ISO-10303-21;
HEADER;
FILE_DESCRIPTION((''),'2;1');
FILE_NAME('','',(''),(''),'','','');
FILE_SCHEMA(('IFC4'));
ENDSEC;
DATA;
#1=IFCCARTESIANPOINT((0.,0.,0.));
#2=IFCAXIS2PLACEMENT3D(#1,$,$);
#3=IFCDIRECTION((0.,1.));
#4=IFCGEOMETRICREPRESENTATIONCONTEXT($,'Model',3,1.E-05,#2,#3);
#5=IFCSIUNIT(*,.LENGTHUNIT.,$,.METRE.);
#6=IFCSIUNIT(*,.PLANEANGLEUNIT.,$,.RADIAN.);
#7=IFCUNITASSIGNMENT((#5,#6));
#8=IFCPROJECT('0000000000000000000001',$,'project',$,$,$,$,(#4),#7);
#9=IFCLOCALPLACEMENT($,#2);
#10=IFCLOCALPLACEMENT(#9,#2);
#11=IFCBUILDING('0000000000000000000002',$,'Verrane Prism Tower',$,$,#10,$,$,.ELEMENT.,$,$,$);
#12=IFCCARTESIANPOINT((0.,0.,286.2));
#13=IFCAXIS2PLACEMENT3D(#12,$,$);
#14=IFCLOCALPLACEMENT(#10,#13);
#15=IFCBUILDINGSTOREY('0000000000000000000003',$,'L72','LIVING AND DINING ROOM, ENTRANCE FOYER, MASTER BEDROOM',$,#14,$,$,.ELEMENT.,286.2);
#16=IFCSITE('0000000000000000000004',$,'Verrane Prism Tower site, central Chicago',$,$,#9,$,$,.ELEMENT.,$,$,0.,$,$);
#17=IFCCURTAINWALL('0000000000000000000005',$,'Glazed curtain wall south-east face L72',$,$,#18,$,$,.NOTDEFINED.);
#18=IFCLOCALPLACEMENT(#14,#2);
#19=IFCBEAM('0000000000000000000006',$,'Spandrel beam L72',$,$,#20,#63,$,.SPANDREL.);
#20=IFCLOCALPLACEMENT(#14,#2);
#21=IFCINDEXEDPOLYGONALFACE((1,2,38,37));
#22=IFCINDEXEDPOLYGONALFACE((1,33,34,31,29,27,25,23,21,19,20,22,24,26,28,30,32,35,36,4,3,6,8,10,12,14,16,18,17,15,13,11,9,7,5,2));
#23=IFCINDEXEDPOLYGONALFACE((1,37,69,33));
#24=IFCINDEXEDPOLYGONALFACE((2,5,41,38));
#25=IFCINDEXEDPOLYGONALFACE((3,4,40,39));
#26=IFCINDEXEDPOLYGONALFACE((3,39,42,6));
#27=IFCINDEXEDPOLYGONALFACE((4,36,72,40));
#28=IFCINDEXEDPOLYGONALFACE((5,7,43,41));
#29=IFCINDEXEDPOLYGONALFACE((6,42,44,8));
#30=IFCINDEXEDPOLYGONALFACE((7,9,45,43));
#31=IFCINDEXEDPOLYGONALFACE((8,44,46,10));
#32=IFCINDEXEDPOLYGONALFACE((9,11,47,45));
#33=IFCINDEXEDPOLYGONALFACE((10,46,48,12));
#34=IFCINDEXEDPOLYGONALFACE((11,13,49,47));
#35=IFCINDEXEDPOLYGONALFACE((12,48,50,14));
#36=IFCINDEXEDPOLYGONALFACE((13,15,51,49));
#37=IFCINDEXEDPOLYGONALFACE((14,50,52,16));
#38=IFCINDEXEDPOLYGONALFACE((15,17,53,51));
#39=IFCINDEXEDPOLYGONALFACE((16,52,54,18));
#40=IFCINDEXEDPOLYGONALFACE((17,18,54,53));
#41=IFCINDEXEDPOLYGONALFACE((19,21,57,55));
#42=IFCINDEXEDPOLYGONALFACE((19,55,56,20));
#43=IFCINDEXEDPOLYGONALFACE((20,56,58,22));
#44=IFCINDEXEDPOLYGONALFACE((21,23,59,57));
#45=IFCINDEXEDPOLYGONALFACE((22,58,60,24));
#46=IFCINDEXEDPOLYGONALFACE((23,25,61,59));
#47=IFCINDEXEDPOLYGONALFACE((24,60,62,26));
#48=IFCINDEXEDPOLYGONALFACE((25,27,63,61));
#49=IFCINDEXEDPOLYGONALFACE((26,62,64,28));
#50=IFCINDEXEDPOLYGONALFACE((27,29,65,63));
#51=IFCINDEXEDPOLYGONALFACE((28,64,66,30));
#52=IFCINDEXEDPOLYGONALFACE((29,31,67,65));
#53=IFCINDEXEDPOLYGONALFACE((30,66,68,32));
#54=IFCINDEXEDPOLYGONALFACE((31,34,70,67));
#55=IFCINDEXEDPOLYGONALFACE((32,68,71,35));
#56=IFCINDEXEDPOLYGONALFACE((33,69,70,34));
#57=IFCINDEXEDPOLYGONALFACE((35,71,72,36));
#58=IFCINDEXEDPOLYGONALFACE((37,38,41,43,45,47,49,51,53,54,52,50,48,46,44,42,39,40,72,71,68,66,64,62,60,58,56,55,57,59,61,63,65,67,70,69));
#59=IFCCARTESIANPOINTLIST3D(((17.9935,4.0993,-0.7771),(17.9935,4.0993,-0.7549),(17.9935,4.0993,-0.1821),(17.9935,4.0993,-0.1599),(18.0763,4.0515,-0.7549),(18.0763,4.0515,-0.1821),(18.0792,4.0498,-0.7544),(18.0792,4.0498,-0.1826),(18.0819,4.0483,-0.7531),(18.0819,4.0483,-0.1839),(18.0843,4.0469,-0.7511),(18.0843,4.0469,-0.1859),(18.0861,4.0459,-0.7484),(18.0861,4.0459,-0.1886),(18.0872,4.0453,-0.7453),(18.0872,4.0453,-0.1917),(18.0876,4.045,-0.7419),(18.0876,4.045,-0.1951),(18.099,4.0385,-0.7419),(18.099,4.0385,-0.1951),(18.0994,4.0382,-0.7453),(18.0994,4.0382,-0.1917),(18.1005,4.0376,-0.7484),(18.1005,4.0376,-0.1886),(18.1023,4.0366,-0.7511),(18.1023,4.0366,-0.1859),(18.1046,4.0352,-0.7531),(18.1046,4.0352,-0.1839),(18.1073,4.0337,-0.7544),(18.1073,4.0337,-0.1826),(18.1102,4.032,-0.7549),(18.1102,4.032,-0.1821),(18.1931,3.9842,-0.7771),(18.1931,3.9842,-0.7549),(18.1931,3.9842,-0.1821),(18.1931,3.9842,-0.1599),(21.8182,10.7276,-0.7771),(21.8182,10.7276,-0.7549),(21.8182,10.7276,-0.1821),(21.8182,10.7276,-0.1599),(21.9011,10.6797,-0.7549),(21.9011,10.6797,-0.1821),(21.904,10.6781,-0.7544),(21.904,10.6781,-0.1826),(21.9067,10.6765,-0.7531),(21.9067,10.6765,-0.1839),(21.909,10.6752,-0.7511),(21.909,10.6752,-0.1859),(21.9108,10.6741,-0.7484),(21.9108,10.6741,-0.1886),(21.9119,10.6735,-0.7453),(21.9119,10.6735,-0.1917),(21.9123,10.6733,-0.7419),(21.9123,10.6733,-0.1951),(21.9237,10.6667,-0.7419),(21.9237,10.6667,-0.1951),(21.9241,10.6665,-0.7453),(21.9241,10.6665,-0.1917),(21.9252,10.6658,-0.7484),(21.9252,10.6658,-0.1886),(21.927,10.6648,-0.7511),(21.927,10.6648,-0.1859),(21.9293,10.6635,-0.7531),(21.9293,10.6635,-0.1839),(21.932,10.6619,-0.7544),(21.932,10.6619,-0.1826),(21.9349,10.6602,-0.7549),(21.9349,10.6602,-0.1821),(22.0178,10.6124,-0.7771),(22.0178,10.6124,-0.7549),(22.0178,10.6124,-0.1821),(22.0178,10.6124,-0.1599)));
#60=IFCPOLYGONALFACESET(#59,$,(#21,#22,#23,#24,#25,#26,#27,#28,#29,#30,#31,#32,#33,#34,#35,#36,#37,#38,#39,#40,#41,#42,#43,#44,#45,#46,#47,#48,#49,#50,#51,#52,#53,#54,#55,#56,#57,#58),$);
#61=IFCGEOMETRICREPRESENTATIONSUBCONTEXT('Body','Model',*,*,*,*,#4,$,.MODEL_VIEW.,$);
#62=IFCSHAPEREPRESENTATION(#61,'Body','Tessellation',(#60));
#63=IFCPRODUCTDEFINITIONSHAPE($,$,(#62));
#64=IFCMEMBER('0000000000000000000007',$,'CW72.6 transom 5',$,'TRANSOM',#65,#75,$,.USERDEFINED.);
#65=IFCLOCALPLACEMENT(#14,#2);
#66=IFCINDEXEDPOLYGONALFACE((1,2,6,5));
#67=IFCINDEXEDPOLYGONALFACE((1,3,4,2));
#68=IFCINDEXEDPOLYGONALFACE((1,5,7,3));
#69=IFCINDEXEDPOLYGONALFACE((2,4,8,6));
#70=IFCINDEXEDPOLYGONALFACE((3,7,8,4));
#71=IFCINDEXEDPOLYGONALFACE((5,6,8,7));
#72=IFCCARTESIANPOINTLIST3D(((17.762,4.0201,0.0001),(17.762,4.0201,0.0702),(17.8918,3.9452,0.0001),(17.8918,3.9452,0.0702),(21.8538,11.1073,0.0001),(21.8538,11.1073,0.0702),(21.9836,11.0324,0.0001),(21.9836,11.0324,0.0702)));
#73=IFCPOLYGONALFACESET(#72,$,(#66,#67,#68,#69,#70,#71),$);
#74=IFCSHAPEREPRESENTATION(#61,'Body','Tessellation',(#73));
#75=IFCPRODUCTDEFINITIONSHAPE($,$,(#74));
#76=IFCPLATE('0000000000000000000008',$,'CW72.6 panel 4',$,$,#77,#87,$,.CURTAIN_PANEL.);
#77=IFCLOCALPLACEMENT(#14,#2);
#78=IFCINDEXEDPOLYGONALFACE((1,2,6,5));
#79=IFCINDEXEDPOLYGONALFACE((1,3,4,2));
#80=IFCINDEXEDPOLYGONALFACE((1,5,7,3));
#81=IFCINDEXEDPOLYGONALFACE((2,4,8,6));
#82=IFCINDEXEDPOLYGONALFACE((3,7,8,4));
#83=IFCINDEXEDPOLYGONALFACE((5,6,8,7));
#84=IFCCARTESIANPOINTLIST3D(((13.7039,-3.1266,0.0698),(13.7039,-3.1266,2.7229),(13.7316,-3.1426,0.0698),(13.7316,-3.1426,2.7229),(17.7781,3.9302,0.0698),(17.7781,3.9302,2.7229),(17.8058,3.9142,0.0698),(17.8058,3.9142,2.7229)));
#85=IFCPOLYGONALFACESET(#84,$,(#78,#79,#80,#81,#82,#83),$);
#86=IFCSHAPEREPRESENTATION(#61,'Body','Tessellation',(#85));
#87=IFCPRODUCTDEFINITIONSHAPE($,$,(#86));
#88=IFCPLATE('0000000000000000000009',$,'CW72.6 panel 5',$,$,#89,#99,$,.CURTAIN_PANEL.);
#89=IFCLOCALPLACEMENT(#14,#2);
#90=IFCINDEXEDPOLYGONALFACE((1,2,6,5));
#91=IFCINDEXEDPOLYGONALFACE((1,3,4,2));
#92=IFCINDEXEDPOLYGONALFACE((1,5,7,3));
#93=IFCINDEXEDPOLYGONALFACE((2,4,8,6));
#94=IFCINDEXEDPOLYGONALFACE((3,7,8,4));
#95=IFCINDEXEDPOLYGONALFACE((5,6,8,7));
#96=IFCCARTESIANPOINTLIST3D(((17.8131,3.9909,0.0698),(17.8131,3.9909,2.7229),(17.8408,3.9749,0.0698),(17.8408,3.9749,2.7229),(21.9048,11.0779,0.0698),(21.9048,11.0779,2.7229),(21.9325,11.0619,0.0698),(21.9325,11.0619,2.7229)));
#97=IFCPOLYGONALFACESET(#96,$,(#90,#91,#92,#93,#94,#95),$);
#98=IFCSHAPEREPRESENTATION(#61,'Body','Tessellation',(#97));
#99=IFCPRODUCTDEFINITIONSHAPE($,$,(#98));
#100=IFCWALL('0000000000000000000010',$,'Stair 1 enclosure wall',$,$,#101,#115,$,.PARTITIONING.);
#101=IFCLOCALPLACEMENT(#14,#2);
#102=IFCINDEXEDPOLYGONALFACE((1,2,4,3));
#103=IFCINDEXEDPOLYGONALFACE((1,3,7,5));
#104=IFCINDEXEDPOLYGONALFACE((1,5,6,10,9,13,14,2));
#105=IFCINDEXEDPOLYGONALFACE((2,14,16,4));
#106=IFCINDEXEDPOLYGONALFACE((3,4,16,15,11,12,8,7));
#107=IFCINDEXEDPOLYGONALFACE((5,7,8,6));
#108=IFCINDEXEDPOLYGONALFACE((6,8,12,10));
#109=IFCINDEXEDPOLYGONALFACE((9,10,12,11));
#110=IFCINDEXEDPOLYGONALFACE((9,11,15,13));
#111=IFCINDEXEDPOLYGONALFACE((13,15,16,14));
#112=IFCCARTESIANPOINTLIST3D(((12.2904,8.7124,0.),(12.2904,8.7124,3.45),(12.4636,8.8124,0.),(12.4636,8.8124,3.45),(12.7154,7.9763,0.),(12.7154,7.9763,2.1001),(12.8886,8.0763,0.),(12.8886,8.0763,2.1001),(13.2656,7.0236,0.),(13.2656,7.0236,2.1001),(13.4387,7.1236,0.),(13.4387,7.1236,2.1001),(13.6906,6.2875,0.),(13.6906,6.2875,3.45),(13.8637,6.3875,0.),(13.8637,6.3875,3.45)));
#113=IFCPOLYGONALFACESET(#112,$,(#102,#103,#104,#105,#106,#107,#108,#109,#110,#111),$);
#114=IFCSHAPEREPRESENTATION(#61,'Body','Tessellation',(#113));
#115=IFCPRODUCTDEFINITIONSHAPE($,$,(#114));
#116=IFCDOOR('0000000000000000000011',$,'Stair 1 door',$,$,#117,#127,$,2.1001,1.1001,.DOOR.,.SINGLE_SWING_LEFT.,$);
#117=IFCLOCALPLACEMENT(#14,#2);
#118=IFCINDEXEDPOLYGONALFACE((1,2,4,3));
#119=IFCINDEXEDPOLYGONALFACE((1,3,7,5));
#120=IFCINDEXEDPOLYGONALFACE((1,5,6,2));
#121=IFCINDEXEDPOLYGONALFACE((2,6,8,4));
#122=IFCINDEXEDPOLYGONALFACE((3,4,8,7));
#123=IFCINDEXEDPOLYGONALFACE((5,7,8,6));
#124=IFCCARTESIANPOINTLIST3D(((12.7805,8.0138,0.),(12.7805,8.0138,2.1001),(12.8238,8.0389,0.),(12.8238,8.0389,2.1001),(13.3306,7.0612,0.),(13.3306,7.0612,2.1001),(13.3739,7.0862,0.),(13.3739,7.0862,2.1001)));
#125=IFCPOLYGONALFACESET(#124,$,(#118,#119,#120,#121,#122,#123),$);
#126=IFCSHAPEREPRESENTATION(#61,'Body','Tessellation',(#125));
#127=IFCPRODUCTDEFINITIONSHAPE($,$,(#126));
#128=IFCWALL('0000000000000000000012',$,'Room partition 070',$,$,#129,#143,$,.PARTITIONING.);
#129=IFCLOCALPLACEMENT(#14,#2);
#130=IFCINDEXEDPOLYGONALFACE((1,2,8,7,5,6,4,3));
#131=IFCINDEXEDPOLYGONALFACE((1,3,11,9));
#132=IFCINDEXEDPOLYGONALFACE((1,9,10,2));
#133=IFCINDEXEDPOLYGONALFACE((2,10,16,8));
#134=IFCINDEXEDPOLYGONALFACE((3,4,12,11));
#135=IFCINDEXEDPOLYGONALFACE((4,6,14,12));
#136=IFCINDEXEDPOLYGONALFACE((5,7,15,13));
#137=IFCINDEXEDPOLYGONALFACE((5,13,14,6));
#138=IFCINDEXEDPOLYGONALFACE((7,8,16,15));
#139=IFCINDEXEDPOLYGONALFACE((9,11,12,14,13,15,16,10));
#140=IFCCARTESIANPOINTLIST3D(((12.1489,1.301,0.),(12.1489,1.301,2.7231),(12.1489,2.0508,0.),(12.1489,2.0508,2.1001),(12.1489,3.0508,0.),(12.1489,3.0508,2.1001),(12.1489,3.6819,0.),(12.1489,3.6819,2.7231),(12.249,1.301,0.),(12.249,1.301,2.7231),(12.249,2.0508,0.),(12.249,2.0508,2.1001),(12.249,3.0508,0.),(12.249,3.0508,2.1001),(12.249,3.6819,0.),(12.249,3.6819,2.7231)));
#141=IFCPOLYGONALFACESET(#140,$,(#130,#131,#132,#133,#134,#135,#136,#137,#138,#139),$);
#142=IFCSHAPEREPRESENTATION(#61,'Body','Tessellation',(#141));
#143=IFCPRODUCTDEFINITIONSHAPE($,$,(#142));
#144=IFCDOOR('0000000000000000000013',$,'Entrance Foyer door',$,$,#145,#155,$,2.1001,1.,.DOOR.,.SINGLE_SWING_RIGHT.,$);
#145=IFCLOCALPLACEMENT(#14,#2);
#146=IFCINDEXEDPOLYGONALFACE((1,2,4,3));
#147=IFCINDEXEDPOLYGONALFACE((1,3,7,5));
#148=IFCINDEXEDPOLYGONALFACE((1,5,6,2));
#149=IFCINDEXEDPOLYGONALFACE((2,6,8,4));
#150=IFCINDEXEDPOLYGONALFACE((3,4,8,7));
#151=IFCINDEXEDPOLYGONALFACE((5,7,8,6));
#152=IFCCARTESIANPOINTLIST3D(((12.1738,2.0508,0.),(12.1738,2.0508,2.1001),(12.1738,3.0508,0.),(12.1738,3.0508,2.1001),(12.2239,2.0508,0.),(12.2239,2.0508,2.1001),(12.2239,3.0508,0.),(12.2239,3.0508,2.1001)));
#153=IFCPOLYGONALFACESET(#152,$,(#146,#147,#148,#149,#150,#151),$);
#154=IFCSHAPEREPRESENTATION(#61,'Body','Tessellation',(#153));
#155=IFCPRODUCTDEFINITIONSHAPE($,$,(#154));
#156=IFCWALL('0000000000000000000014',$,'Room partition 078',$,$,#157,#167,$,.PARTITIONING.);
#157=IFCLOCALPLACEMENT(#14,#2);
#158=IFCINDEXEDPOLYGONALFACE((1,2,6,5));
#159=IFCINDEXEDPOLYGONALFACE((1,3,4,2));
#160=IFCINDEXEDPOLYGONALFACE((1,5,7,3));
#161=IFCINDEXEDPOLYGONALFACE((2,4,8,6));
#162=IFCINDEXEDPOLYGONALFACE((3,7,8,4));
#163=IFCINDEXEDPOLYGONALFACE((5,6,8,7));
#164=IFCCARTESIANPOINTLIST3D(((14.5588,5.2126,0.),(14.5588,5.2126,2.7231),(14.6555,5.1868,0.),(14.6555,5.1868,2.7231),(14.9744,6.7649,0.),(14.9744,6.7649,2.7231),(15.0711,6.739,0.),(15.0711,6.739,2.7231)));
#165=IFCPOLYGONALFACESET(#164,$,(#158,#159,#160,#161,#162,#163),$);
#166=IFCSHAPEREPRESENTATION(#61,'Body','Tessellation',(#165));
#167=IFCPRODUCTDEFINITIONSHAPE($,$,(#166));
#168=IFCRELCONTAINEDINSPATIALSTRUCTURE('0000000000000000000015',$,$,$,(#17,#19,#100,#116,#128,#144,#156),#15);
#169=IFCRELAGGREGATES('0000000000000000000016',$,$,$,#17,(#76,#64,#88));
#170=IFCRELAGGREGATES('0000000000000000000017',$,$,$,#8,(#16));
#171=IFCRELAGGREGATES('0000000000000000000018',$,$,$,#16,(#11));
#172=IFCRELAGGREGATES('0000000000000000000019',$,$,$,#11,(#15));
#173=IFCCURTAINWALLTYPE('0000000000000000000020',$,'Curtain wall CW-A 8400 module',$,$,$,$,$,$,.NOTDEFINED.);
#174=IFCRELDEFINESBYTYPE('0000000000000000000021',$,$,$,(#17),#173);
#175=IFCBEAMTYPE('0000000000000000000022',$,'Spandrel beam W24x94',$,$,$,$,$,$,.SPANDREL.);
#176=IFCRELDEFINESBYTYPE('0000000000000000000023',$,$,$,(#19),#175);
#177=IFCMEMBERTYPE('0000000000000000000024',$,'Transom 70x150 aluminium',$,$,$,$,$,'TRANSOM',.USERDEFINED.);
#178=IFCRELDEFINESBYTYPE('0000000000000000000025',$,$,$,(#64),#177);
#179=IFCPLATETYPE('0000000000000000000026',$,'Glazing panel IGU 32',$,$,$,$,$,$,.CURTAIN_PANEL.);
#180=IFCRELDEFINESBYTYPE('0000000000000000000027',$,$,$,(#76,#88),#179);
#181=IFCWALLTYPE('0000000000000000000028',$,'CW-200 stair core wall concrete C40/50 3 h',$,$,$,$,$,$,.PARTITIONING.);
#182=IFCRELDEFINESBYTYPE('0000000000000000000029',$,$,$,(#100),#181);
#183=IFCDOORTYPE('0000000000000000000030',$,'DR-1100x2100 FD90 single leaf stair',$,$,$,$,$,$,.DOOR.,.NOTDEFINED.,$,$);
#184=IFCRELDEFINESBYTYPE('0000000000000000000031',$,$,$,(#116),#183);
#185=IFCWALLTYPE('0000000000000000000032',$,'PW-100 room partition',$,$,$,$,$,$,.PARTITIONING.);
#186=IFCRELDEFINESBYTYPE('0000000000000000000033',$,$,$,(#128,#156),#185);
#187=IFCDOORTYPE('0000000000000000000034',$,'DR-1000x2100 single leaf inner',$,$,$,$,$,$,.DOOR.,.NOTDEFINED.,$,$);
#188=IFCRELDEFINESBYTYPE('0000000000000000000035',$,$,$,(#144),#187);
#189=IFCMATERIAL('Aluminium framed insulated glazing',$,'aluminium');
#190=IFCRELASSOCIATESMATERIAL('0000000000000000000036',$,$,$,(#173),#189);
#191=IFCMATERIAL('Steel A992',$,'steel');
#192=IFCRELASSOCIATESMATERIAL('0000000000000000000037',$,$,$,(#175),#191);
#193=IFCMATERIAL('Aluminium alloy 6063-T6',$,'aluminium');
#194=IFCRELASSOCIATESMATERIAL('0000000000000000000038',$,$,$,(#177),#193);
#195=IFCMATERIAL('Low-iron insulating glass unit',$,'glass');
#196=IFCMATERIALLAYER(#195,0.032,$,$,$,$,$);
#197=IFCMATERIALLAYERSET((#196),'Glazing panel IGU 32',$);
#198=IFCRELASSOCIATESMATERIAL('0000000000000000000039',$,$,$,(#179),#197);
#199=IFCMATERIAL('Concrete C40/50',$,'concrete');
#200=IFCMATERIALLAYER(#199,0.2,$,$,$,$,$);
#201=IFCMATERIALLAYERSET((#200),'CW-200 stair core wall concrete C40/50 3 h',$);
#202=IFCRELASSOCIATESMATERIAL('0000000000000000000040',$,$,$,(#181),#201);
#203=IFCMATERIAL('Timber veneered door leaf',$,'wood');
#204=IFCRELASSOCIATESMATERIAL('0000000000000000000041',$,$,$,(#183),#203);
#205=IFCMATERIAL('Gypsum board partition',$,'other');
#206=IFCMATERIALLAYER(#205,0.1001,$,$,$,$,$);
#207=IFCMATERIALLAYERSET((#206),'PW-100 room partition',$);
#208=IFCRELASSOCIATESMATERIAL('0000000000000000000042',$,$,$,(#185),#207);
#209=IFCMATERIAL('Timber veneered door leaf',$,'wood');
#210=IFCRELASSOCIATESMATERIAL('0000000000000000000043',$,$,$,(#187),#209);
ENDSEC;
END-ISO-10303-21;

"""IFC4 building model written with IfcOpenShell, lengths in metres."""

from ifc_helpers import new_model, si_unit, direction, frame, frame_2d, origin, origin_2d, place, context, subcontext, project, spatial, rectangle, i_section, extrude, material, layer, layer_set, material_profile, profile_set, type_object, element, fill, aggregate, save


model = new_model("IFC4")

# Units and contexts
model_context = context("Model", 3, precision=1e-05, world=origin(), true_north=direction((0.0, 1.0)))
body_context = subcontext(model_context, "Body", "Model", "MODEL_VIEW")
ifc_project = project(units=[si_unit("LENGTHUNIT", "METRE"), si_unit("PLANEANGLEUNIT", "RADIAN")], contexts=[model_context])

# Site, building, storey
site_placement = place(None, origin())
site = spatial("IfcSite", under=ifc_project, at=site_placement, Name="Verrane Prism Tower site, central Chicago", CompositionType="ELEMENT", RefElevation=0.0)
building_placement = place(site_placement, origin())
building = spatial("IfcBuilding", under=site, at=building_placement, Name="Verrane Prism Tower", CompositionType="ELEMENT")
storey_placement = place(building_placement, frame((0.0, 0.0, 286.2)))
storey = spatial("IfcBuildingStorey", under=building, at=storey_placement, Name="L72", Description="LIVING AND DINING ROOM, ENTRANCE FOYER, MASTER BEDROOM", CompositionType="ELEMENT", Elevation=286.2)

# Curtain wall
ifc_material_1 = material(Name="Aluminium framed insulated glazing", Category="aluminium")
curtain_wall_type = type_object("IfcCurtainWallType", Name="Curtain wall CW-A 8400 module", PredefinedType="NOTDEFINED", material=ifc_material_1)
curtain_wall_placement = place(storey_placement, origin())
curtain_wall = element("IfcCurtainWall", 1, at=curtain_wall_placement, inside=storey, type_object=curtain_wall_type, Name="Glazed curtain wall south-east face L72", PredefinedType="NOTDEFINED")

# Beam
ifc_material_2 = material(Name="Steel A992", Category="steel")
ifc_material_profile_1 = material_profile(ifc_material_2, i_section(OverallWidth=0.2305, OverallDepth=0.6172, WebThickness=0.0132, FlangeThickness=0.0222, FilletRadius=0.0129, at=origin_2d()), Name="W24x94")
ifc_profile_set_1 = profile_set([ifc_material_profile_1], Name="Steel A992")
beam_type_1 = type_object("IfcBeamType", Name="Spandrel beam W24x94", PredefinedType="SPANDREL", material=ifc_profile_set_1)
beam_1_placement = place(storey_placement, frame((18.0933, 4.0417, -0.4685), z_axis=(0.499797, 0.866143, 0.0), x_axis=(-0.866143, 0.499797, 0.0)))
element("IfcBeam", 2, at=beam_1_placement, inside=storey, type_object=beam_type_1, Name="Spandrel beam L72", PredefinedType="SPANDREL", context=body_context, shape_type="SweptSolid", body=[
    extrude(i_section(OverallWidth=0.2305, OverallDepth=0.6172, WebThickness=0.0132, FlangeThickness=0.0222, FilletRadius=0.0129, at=origin_2d()), origin(), (0.0, 0.0, 1.0), 7.6526),
])

# Member
ifc_material_3 = material(Name="Aluminium alloy 6063-T6", Category="aluminium")
ifc_material_profile_2 = material_profile(ifc_material_3, rectangle(XDim=0.1499, YDim=0.0701, at=origin_2d()), Name="Transom 70x150 aluminium")
ifc_profile_set_2 = profile_set([ifc_material_profile_2], Name="Aluminium alloy 6063-T6")
member_type_1 = type_object("IfcMemberType", Name="Transom 70x150 aluminium", ElementType="TRANSOM", PredefinedType="USERDEFINED", material=ifc_profile_set_2)
member_1_placement = place(storey_placement, frame((17.8269, 3.9827, 0.0352), z_axis=(0.500002, 0.866024, 0.0), x_axis=(-0.866024, 0.500002, 0.0)))
member_1 = element("IfcMember", 3, at=member_1_placement, type_object=member_type_1, Name="CW72.6 transom 5", ObjectType="TRANSOM", PredefinedType="USERDEFINED", context=body_context, shape_type="SweptSolid", body=[
    extrude(rectangle(XDim=0.1499, YDim=0.0701, at=origin_2d()), origin(), (0.0, 0.0, 1.0), 8.1836),
])

# Plates
ifc_material_4 = material(Name="Low-iron insulating glass unit", Category="glass")
ifc_layer_1 = layer(ifc_material_4, 0.032)
ifc_layer_set_1 = layer_set([ifc_layer_1], Name="Glazing panel IGU 32")
plate_type = type_object("IfcPlateType", Name="Glazing panel IGU 32", PredefinedType="CURTAIN_PANEL", material=ifc_layer_set_1)
plate_1_placement = place(storey_placement, frame((15.7549, 0.3938, 0.0698), z_axis=(0.0, 0.0, 1.0), x_axis=(0.500001, 0.866025, 0.0)))
plate_1 = element("IfcPlate", 4, at=plate_1_placement, type_object=plate_type, Name="CW72.6 panel 4", PredefinedType="CURTAIN_PANEL", context=body_context, shape_type="SweptSolid", body=[
    extrude(rectangle(XDim=8.1484, YDim=0.032, at=origin_2d()), origin(), (0.0, 0.0, 1.0), 2.6531),
])
plate_2_placement = place(storey_placement, frame((19.8728, 7.5264, 0.0698), z_axis=(0.0, 0.0, 1.0), x_axis=(0.500001, 0.866025, 0.0)))
plate_2 = element("IfcPlate", 5, at=plate_2_placement, type_object=plate_type, Name="CW72.6 panel 5", PredefinedType="CURTAIN_PANEL", context=body_context, shape_type="SweptSolid", body=[
    extrude(rectangle(XDim=8.1833, YDim=0.032, at=origin_2d()), origin(), (0.0, 0.0, 1.0), 2.6531),
])
aggregate(curtain_wall, [plate_1, member_1, plate_2])

# Walls, openings, doors
ifc_material_5 = material(Name="Concrete C40/50", Category="concrete")
ifc_layer_2 = layer(ifc_material_5, 0.2)
ifc_layer_set_2 = layer_set([ifc_layer_2], Name="CW-200 stair core wall concrete C40/50 3 h")
wall_type_1 = type_object("IfcWallType", Name="CW-200 stair core wall concrete C40/50 3 h", PredefinedType="PARTITIONING", material=ifc_layer_set_2)
wall_1_placement = place(storey_placement, frame((13.7771, 6.3376, 0.0), z_axis=(0.0, 0.0, 1.0), x_axis=(-0.50005, 0.865997, 0.0)))
wall_1 = element("IfcWall", 6, at=wall_1_placement, inside=storey, type_object=wall_type_1, Name="Stair 1 enclosure wall", PredefinedType="PARTITIONING", context=body_context, shape_type="SweptSolid", body=[
    extrude(rectangle(XDim=2.8, YDim=0.2, at=frame_2d((1.3999, 0.0))), origin(), (0.0, 0.0, 1.0), 3.45),
])
opening_1_placement = place(wall_1_placement, frame((0.8499, 0.0, 0.0)))
opening_1 = element("IfcOpeningElement", 7, at=opening_1_placement, cuts=wall_1, PredefinedType="OPENING", context=body_context, shape_type="SweptSolid", body=[
    extrude(rectangle(XDim=1.1001, YDim=2.1001, at=frame_2d((0.55, 1.05))), frame((0.0, 0.1099, 0.0), z_axis=(0.0, -1.0, 0.0), x_axis=(1.0, 0.0, 0.0)), (0.0, 0.0, 1.0), 0.22),
])
ifc_material_6 = material(Name="Timber veneered door leaf", Category="wood")
door_type_1 = type_object("IfcDoorType", Name="DR-1100x2100 FD90 single leaf stair", OperationType="NOTDEFINED", PredefinedType="DOOR", material=ifc_material_6)
door_1_placement = place(opening_1_placement, origin())
door_1 = element("IfcDoor", 8, at=door_1_placement, inside=storey, type_object=door_type_1, Name="Stair 1 door", OperationType="SINGLE_SWING_LEFT", OverallHeight=2.1001, OverallWidth=1.1001, PredefinedType="DOOR", context=body_context, shape_type="SweptSolid", body=[
    extrude(rectangle(XDim=1.1001, YDim=2.1001, at=frame_2d((0.55, 1.05))), frame((0.0, 0.0249, 0.0), z_axis=(0.0, -1.0, 0.0), x_axis=(1.0, 0.0, 0.0)), (0.0, 0.0, 1.0), 0.05),
])
fill(opening_1, door_1)
ifc_material_7 = material(Name="Gypsum board partition", Category="other")
ifc_layer_3 = layer(ifc_material_7, 0.1001)
ifc_layer_set_3 = layer_set([ifc_layer_3], Name="PW-100 room partition")
wall_type_2 = type_object("IfcWallType", Name="PW-100 room partition", PredefinedType="PARTITIONING", material=ifc_layer_set_3)
wall_2_placement = place(storey_placement, frame((12.199, 3.6819, 0.0), z_axis=(0.0, 0.0, 1.0), x_axis=(0.0, -1.0, 0.0)))
wall_2 = element("IfcWall", 9, at=wall_2_placement, inside=storey, type_object=wall_type_2, Name="Room partition 070", PredefinedType="PARTITIONING", context=body_context, shape_type="SweptSolid", body=[
    extrude(rectangle(XDim=2.3809, YDim=0.1001, at=frame_2d((1.1904, 0.0))), origin(), (0.0, 0.0, 1.0), 2.7231),
])
opening_2_placement = place(wall_2_placement, frame((0.6311, 0.0, 0.0)))
opening_2 = element("IfcOpeningElement", 10, at=opening_2_placement, cuts=wall_2, PredefinedType="OPENING", context=body_context, shape_type="SweptSolid", body=[
    extrude(rectangle(XDim=1.0, YDim=2.1001, at=frame_2d((0.5, 1.05))), frame((0.0, 0.0601, 0.0), z_axis=(0.0, -1.0, 0.0), x_axis=(1.0, 0.0, 0.0)), (0.0, 0.0, 1.0), 0.1201),
])
ifc_material_8 = material(Name="Timber veneered door leaf", Category="wood")
door_type_2 = type_object("IfcDoorType", Name="DR-1000x2100 single leaf inner", OperationType="NOTDEFINED", PredefinedType="DOOR", material=ifc_material_8)
door_2_placement = place(opening_2_placement, origin())
door_2 = element("IfcDoor", 11, at=door_2_placement, inside=storey, type_object=door_type_2, Name="Entrance Foyer door", OperationType="SINGLE_SWING_RIGHT", OverallHeight=2.1001, OverallWidth=1.0, PredefinedType="DOOR", context=body_context, shape_type="SweptSolid", body=[
    extrude(rectangle(XDim=1.0, YDim=2.1001, at=frame_2d((0.5, 1.05))), frame((0.0, 0.0249, 0.0), z_axis=(0.0, -1.0, 0.0), x_axis=(1.0, 0.0, 0.0)), (0.0, 0.0, 1.0), 0.05),
])
fill(opening_2, door_2)

# Wall
wall_3_placement = place(storey_placement, frame((14.6072, 5.1997, 0.0), z_axis=(0.0, 0.0, 1.0), x_axis=(0.258589, 0.965987, 0.0)))
element("IfcWall", 12, at=wall_3_placement, inside=storey, type_object=wall_type_2, Name="Room partition 078", PredefinedType="PARTITIONING", context=body_context, shape_type="SweptSolid", body=[
    extrude(rectangle(XDim=1.6069, YDim=0.1001, at=frame_2d((0.8035, 0.0))), origin(), (0.0, 0.0, 1.0), 2.7231),
])

save(model, "model.ifc")
